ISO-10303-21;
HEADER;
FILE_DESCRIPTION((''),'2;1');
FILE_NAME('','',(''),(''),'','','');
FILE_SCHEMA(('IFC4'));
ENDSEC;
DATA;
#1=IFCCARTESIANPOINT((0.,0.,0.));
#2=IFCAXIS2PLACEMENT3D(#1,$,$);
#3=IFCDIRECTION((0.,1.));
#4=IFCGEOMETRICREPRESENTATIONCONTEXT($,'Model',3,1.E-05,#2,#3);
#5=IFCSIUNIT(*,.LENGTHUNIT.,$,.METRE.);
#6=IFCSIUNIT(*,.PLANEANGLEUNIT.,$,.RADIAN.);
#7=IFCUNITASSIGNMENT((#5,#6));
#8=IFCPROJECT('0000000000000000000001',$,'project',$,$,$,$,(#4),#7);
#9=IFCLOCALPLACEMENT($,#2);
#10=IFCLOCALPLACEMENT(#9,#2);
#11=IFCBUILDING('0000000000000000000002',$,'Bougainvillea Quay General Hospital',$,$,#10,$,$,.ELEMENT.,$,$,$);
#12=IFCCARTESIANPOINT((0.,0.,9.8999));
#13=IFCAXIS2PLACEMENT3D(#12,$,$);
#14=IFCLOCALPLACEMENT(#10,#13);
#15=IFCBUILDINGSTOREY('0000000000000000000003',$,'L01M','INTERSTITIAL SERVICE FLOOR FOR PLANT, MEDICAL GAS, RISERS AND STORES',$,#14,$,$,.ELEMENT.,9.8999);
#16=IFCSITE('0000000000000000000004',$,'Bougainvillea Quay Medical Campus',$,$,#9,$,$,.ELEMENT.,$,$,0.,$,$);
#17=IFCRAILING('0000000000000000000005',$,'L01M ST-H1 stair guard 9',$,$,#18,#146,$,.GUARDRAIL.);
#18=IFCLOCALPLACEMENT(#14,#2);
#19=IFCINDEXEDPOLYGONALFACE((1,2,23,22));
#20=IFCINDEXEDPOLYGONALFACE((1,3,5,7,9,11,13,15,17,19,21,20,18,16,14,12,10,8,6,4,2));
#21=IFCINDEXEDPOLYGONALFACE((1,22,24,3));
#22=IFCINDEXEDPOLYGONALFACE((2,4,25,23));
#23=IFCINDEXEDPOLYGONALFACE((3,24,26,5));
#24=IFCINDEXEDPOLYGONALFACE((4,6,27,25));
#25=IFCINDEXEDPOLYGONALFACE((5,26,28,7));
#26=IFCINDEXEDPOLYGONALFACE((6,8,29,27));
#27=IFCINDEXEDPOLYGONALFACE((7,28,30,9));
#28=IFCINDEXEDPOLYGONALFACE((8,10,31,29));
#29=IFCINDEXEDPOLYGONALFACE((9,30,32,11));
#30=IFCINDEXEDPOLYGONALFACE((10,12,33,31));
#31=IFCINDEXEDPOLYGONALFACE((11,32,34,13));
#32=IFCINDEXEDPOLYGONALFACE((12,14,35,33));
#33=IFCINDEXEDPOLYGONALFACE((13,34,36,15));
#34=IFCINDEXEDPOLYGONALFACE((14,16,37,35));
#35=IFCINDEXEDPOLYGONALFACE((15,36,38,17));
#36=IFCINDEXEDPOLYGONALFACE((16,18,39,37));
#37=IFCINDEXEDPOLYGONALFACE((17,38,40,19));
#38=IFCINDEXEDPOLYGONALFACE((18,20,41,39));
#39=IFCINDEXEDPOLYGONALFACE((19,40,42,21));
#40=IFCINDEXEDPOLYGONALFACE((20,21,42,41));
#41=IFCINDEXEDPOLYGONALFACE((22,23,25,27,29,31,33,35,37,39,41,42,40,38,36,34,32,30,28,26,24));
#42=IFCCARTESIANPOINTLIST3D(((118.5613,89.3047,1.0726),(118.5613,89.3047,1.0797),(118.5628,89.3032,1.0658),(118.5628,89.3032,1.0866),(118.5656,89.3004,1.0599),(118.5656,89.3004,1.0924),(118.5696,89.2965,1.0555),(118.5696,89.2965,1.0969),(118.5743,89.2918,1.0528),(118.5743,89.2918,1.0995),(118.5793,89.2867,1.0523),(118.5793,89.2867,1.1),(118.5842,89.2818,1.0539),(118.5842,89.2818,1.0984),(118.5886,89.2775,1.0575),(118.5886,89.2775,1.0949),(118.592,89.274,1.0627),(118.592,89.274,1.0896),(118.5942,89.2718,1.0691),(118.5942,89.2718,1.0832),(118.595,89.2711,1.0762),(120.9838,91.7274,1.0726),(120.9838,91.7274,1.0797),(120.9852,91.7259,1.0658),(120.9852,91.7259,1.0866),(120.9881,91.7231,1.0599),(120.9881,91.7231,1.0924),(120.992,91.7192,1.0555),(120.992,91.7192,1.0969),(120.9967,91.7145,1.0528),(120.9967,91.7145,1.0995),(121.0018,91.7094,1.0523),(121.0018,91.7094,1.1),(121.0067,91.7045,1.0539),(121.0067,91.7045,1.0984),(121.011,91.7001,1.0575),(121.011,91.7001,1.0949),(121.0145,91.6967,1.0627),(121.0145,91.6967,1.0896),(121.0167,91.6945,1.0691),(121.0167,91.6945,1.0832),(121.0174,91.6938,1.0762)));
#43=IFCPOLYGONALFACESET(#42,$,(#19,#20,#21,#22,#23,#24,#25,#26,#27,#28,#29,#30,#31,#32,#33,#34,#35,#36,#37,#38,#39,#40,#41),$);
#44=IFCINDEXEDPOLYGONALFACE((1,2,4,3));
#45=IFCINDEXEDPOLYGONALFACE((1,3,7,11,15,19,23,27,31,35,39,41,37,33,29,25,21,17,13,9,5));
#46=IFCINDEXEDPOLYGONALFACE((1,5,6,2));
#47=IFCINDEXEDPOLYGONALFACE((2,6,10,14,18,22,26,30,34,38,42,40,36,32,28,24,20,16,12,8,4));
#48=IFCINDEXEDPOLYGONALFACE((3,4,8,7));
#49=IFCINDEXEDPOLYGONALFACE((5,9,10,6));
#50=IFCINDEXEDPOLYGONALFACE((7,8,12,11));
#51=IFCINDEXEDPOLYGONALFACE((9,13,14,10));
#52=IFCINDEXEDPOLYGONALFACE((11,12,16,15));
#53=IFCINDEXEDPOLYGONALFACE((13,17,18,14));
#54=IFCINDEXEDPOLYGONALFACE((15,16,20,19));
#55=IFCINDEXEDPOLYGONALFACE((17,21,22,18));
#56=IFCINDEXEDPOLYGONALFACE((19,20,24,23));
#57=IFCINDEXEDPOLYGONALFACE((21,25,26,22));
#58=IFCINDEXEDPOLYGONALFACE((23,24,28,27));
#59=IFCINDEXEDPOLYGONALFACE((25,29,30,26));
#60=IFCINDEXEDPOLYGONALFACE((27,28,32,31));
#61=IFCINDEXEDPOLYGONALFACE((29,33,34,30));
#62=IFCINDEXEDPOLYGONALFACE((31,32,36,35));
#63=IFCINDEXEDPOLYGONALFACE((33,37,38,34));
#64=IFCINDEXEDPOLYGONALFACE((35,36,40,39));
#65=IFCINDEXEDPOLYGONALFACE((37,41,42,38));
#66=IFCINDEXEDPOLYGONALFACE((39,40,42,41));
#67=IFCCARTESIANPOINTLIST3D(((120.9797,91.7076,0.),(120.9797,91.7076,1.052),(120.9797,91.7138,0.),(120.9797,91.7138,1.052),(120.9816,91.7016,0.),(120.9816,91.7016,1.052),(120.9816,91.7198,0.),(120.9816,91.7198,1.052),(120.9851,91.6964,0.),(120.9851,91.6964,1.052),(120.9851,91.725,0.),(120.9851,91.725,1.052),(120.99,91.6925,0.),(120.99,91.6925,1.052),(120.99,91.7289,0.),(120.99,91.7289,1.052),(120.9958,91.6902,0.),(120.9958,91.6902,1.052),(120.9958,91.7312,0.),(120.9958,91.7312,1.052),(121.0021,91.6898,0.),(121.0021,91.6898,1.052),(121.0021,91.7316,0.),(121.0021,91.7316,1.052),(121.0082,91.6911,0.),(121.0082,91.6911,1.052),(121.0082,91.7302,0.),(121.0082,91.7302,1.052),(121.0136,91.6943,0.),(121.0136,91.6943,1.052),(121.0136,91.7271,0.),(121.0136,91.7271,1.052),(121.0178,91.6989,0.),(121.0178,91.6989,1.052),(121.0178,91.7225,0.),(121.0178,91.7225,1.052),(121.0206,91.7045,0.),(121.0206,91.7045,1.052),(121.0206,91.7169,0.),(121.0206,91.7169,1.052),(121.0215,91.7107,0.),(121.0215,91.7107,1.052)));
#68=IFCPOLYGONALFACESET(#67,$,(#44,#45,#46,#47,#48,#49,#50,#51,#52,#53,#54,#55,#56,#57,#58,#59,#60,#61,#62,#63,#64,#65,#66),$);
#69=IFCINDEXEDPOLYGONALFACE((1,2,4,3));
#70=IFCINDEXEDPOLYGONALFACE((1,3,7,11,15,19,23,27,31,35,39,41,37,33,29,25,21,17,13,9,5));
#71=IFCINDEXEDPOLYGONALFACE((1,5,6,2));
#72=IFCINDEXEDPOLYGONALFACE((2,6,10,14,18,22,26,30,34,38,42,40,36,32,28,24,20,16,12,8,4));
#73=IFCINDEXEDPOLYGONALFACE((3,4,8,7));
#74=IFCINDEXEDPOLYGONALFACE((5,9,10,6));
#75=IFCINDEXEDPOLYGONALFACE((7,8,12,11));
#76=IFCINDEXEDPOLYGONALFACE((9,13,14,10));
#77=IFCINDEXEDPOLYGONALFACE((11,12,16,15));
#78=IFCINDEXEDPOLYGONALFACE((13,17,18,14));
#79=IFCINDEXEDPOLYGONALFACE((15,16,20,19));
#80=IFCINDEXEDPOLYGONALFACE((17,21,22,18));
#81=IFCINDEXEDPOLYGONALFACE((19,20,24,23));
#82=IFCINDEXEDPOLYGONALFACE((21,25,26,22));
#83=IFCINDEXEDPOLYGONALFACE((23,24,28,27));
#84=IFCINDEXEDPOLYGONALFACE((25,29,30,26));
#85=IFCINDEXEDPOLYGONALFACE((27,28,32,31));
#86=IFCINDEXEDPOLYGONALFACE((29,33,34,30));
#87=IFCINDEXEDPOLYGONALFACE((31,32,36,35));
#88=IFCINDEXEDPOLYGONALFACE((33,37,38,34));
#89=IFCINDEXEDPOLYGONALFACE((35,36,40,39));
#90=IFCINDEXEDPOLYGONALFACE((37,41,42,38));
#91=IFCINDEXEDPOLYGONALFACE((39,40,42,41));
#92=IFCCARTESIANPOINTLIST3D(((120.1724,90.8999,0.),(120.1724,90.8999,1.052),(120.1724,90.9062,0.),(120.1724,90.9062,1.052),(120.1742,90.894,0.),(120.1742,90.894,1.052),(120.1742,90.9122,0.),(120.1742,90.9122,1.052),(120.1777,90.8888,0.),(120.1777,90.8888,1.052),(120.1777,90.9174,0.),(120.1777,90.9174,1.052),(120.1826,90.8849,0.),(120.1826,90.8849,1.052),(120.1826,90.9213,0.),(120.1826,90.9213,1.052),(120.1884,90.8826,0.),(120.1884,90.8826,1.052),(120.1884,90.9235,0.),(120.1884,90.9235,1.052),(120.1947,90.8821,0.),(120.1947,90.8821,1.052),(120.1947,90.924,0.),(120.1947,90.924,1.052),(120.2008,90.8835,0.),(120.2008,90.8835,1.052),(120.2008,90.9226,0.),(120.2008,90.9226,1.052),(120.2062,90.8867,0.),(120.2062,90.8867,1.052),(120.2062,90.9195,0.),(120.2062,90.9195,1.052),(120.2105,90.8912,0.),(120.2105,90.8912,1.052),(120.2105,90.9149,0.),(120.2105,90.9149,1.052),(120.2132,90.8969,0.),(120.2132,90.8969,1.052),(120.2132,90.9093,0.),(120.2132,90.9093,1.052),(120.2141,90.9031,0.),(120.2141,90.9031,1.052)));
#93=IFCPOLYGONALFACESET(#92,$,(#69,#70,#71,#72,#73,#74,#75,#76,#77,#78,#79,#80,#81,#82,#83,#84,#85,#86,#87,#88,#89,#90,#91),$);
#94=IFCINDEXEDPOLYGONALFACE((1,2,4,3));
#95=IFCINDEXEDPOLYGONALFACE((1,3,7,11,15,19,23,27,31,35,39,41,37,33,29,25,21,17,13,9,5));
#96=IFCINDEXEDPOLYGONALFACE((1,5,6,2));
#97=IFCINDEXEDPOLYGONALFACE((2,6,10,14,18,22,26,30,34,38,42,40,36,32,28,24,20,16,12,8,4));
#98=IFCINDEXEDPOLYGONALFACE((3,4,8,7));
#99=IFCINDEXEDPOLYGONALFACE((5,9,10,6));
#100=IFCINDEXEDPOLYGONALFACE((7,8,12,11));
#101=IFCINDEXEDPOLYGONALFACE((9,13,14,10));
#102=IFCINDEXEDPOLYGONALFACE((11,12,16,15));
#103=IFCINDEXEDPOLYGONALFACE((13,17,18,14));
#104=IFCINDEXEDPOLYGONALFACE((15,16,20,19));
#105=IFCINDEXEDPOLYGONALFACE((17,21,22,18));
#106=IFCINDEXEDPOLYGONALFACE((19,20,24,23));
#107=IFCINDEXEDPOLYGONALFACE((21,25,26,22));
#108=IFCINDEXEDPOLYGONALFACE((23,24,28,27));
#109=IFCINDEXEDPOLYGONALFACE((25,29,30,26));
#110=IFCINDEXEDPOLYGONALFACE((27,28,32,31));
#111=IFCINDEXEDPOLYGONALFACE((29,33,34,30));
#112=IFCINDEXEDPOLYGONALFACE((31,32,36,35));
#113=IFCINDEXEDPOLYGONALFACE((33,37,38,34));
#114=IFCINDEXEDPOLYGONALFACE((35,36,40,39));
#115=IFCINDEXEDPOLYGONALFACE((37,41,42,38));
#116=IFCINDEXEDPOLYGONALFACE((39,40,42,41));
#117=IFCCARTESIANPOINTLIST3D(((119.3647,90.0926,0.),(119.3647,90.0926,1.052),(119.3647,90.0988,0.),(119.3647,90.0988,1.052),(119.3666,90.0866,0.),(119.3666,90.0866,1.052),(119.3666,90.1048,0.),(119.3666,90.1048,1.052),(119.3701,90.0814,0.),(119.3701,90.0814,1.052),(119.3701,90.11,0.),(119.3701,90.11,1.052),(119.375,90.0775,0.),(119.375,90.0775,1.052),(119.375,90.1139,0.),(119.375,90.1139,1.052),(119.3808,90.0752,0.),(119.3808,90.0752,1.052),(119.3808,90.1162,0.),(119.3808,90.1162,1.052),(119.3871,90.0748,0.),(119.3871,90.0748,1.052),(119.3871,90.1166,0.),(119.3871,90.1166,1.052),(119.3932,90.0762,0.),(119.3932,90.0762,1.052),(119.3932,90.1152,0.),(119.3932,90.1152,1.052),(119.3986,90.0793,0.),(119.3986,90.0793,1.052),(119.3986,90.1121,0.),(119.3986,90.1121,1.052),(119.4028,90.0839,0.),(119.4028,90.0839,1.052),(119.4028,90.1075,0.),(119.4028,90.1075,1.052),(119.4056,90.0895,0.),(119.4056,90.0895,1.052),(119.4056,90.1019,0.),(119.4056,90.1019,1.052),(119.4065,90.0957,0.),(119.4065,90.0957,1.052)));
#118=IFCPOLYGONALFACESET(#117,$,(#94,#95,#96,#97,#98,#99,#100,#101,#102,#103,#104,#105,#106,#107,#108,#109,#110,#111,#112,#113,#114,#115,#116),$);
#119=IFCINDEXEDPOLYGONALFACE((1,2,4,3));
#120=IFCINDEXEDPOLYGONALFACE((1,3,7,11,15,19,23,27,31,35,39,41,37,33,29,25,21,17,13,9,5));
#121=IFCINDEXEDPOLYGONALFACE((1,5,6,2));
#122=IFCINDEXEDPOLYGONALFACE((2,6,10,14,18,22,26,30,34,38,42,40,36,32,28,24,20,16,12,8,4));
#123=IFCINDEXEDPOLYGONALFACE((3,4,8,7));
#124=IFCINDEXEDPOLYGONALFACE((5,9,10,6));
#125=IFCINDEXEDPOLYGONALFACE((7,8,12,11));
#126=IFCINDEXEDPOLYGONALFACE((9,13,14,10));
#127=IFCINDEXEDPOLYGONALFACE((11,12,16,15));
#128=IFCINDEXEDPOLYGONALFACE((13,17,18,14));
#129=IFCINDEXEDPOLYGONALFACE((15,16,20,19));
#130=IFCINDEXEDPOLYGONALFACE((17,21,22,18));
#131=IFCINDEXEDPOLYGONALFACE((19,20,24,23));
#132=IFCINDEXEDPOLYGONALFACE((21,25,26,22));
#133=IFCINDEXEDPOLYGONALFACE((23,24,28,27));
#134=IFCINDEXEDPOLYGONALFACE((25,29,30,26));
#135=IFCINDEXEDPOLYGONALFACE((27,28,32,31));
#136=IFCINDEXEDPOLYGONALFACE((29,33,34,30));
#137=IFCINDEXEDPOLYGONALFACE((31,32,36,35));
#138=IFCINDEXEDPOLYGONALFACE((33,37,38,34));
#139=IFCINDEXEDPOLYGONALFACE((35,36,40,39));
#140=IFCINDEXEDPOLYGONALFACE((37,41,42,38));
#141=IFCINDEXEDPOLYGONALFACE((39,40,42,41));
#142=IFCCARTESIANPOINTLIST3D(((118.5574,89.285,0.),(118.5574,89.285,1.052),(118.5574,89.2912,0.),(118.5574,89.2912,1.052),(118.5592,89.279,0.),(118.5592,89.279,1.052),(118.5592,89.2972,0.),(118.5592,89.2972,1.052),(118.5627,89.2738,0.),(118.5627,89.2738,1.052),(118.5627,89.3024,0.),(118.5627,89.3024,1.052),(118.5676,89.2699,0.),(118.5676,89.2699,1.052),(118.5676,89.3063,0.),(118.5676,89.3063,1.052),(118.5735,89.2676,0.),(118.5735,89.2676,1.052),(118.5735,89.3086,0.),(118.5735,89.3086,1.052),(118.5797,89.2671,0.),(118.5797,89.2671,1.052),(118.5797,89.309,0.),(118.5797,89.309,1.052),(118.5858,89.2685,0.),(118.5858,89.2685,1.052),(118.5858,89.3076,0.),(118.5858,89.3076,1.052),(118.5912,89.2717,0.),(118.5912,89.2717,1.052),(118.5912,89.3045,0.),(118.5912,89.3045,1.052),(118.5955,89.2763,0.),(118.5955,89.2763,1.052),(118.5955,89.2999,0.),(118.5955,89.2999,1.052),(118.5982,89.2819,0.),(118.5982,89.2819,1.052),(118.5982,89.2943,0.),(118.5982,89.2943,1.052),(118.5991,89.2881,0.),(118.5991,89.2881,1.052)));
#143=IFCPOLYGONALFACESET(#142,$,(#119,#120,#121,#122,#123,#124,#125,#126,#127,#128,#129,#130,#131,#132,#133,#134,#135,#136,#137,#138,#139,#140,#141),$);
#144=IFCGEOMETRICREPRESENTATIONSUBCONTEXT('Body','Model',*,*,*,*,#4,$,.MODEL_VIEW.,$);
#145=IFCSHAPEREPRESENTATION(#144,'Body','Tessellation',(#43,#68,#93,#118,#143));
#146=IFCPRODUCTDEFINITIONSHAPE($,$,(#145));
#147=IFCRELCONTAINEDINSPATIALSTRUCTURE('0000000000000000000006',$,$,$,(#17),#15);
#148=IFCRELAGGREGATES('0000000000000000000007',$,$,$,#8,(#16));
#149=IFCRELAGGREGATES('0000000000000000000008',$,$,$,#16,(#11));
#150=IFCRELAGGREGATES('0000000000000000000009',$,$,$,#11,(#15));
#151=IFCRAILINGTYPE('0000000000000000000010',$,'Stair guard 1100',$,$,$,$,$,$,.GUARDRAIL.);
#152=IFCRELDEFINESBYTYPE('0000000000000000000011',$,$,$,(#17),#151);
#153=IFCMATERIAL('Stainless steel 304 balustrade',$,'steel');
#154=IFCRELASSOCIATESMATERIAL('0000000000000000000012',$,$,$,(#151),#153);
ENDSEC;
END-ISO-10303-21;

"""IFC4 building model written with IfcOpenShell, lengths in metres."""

from ifc_helpers import new_model, si_unit, direction, frame, origin, origin_2d, place, context, subcontext, project, spatial, circle, extrude, material, type_object, element, save


model = new_model("IFC4")

# Units and contexts
model_context = context("Model", 3, precision=1e-05, world=origin(), true_north=direction((0.0, 1.0)))
body_context = subcontext(model_context, "Body", "Model", "MODEL_VIEW")
ifc_project = project(units=[si_unit("LENGTHUNIT", "METRE"), si_unit("PLANEANGLEUNIT", "RADIAN")], contexts=[model_context])

# Site, building, storey
site_placement = place(None, origin())
site = spatial("IfcSite", under=ifc_project, at=site_placement, Name="Bougainvillea Quay Medical Campus", CompositionType="ELEMENT", RefElevation=0.0)
building_placement = place(site_placement, origin())
building = spatial("IfcBuilding", under=site, at=building_placement, Name="Bougainvillea Quay General Hospital", CompositionType="ELEMENT")
storey_placement = place(building_placement, frame((0.0, 0.0, 9.8999)))
storey = spatial("IfcBuildingStorey", under=building, at=storey_placement, Name="L01M", Description="INTERSTITIAL SERVICE FLOOR FOR PLANT, MEDICAL GAS, RISERS AND STORES", CompositionType="ELEMENT", Elevation=9.8999)

# Railing
ifc_material_1 = material(Name="Stainless steel 304 balustrade", Category="steel")
railing_type_1 = type_object("IfcRailingType", Name="Stair guard 1100", PredefinedType="GUARDRAIL", material=ifc_material_1)
railing_1_placement = place(storey_placement, frame((121.0005, 91.7107, 0.0)))
element("IfcRailing", 1, at=railing_1_placement, inside=storey, type_object=railing_type_1, Name="L01M ST-H1 stair guard 9", PredefinedType="GUARDRAIL", context=body_context, shape_type="SweptSolid", body=[
    extrude(circle(Radius=0.0239, at=origin_2d()), frame((0.0, 0.0, 1.0762), z_axis=(-0.707071, -0.707142, 0.0), x_axis=(0.707142, -0.707071, 0.0)), (0.0, 0.0, 1.0), 3.426),
    extrude(circle(Radius=0.021, at=origin_2d()), origin(), (0.0, 0.0, 1.0), 1.052),
    extrude(circle(Radius=0.021, at=origin_2d()), frame((-0.8074, -0.8076, 0.0)), (0.0, 0.0, 1.0), 1.052),
    extrude(circle(Radius=0.021, at=origin_2d()), frame((-1.615, -1.615, 0.0)), (0.0, 0.0, 1.0), 1.052),
    extrude(circle(Radius=0.021, at=origin_2d()), frame((-2.4224, -2.4226, 0.0)), (0.0, 0.0, 1.0), 1.052),
])

save(model, "model.ifc")
